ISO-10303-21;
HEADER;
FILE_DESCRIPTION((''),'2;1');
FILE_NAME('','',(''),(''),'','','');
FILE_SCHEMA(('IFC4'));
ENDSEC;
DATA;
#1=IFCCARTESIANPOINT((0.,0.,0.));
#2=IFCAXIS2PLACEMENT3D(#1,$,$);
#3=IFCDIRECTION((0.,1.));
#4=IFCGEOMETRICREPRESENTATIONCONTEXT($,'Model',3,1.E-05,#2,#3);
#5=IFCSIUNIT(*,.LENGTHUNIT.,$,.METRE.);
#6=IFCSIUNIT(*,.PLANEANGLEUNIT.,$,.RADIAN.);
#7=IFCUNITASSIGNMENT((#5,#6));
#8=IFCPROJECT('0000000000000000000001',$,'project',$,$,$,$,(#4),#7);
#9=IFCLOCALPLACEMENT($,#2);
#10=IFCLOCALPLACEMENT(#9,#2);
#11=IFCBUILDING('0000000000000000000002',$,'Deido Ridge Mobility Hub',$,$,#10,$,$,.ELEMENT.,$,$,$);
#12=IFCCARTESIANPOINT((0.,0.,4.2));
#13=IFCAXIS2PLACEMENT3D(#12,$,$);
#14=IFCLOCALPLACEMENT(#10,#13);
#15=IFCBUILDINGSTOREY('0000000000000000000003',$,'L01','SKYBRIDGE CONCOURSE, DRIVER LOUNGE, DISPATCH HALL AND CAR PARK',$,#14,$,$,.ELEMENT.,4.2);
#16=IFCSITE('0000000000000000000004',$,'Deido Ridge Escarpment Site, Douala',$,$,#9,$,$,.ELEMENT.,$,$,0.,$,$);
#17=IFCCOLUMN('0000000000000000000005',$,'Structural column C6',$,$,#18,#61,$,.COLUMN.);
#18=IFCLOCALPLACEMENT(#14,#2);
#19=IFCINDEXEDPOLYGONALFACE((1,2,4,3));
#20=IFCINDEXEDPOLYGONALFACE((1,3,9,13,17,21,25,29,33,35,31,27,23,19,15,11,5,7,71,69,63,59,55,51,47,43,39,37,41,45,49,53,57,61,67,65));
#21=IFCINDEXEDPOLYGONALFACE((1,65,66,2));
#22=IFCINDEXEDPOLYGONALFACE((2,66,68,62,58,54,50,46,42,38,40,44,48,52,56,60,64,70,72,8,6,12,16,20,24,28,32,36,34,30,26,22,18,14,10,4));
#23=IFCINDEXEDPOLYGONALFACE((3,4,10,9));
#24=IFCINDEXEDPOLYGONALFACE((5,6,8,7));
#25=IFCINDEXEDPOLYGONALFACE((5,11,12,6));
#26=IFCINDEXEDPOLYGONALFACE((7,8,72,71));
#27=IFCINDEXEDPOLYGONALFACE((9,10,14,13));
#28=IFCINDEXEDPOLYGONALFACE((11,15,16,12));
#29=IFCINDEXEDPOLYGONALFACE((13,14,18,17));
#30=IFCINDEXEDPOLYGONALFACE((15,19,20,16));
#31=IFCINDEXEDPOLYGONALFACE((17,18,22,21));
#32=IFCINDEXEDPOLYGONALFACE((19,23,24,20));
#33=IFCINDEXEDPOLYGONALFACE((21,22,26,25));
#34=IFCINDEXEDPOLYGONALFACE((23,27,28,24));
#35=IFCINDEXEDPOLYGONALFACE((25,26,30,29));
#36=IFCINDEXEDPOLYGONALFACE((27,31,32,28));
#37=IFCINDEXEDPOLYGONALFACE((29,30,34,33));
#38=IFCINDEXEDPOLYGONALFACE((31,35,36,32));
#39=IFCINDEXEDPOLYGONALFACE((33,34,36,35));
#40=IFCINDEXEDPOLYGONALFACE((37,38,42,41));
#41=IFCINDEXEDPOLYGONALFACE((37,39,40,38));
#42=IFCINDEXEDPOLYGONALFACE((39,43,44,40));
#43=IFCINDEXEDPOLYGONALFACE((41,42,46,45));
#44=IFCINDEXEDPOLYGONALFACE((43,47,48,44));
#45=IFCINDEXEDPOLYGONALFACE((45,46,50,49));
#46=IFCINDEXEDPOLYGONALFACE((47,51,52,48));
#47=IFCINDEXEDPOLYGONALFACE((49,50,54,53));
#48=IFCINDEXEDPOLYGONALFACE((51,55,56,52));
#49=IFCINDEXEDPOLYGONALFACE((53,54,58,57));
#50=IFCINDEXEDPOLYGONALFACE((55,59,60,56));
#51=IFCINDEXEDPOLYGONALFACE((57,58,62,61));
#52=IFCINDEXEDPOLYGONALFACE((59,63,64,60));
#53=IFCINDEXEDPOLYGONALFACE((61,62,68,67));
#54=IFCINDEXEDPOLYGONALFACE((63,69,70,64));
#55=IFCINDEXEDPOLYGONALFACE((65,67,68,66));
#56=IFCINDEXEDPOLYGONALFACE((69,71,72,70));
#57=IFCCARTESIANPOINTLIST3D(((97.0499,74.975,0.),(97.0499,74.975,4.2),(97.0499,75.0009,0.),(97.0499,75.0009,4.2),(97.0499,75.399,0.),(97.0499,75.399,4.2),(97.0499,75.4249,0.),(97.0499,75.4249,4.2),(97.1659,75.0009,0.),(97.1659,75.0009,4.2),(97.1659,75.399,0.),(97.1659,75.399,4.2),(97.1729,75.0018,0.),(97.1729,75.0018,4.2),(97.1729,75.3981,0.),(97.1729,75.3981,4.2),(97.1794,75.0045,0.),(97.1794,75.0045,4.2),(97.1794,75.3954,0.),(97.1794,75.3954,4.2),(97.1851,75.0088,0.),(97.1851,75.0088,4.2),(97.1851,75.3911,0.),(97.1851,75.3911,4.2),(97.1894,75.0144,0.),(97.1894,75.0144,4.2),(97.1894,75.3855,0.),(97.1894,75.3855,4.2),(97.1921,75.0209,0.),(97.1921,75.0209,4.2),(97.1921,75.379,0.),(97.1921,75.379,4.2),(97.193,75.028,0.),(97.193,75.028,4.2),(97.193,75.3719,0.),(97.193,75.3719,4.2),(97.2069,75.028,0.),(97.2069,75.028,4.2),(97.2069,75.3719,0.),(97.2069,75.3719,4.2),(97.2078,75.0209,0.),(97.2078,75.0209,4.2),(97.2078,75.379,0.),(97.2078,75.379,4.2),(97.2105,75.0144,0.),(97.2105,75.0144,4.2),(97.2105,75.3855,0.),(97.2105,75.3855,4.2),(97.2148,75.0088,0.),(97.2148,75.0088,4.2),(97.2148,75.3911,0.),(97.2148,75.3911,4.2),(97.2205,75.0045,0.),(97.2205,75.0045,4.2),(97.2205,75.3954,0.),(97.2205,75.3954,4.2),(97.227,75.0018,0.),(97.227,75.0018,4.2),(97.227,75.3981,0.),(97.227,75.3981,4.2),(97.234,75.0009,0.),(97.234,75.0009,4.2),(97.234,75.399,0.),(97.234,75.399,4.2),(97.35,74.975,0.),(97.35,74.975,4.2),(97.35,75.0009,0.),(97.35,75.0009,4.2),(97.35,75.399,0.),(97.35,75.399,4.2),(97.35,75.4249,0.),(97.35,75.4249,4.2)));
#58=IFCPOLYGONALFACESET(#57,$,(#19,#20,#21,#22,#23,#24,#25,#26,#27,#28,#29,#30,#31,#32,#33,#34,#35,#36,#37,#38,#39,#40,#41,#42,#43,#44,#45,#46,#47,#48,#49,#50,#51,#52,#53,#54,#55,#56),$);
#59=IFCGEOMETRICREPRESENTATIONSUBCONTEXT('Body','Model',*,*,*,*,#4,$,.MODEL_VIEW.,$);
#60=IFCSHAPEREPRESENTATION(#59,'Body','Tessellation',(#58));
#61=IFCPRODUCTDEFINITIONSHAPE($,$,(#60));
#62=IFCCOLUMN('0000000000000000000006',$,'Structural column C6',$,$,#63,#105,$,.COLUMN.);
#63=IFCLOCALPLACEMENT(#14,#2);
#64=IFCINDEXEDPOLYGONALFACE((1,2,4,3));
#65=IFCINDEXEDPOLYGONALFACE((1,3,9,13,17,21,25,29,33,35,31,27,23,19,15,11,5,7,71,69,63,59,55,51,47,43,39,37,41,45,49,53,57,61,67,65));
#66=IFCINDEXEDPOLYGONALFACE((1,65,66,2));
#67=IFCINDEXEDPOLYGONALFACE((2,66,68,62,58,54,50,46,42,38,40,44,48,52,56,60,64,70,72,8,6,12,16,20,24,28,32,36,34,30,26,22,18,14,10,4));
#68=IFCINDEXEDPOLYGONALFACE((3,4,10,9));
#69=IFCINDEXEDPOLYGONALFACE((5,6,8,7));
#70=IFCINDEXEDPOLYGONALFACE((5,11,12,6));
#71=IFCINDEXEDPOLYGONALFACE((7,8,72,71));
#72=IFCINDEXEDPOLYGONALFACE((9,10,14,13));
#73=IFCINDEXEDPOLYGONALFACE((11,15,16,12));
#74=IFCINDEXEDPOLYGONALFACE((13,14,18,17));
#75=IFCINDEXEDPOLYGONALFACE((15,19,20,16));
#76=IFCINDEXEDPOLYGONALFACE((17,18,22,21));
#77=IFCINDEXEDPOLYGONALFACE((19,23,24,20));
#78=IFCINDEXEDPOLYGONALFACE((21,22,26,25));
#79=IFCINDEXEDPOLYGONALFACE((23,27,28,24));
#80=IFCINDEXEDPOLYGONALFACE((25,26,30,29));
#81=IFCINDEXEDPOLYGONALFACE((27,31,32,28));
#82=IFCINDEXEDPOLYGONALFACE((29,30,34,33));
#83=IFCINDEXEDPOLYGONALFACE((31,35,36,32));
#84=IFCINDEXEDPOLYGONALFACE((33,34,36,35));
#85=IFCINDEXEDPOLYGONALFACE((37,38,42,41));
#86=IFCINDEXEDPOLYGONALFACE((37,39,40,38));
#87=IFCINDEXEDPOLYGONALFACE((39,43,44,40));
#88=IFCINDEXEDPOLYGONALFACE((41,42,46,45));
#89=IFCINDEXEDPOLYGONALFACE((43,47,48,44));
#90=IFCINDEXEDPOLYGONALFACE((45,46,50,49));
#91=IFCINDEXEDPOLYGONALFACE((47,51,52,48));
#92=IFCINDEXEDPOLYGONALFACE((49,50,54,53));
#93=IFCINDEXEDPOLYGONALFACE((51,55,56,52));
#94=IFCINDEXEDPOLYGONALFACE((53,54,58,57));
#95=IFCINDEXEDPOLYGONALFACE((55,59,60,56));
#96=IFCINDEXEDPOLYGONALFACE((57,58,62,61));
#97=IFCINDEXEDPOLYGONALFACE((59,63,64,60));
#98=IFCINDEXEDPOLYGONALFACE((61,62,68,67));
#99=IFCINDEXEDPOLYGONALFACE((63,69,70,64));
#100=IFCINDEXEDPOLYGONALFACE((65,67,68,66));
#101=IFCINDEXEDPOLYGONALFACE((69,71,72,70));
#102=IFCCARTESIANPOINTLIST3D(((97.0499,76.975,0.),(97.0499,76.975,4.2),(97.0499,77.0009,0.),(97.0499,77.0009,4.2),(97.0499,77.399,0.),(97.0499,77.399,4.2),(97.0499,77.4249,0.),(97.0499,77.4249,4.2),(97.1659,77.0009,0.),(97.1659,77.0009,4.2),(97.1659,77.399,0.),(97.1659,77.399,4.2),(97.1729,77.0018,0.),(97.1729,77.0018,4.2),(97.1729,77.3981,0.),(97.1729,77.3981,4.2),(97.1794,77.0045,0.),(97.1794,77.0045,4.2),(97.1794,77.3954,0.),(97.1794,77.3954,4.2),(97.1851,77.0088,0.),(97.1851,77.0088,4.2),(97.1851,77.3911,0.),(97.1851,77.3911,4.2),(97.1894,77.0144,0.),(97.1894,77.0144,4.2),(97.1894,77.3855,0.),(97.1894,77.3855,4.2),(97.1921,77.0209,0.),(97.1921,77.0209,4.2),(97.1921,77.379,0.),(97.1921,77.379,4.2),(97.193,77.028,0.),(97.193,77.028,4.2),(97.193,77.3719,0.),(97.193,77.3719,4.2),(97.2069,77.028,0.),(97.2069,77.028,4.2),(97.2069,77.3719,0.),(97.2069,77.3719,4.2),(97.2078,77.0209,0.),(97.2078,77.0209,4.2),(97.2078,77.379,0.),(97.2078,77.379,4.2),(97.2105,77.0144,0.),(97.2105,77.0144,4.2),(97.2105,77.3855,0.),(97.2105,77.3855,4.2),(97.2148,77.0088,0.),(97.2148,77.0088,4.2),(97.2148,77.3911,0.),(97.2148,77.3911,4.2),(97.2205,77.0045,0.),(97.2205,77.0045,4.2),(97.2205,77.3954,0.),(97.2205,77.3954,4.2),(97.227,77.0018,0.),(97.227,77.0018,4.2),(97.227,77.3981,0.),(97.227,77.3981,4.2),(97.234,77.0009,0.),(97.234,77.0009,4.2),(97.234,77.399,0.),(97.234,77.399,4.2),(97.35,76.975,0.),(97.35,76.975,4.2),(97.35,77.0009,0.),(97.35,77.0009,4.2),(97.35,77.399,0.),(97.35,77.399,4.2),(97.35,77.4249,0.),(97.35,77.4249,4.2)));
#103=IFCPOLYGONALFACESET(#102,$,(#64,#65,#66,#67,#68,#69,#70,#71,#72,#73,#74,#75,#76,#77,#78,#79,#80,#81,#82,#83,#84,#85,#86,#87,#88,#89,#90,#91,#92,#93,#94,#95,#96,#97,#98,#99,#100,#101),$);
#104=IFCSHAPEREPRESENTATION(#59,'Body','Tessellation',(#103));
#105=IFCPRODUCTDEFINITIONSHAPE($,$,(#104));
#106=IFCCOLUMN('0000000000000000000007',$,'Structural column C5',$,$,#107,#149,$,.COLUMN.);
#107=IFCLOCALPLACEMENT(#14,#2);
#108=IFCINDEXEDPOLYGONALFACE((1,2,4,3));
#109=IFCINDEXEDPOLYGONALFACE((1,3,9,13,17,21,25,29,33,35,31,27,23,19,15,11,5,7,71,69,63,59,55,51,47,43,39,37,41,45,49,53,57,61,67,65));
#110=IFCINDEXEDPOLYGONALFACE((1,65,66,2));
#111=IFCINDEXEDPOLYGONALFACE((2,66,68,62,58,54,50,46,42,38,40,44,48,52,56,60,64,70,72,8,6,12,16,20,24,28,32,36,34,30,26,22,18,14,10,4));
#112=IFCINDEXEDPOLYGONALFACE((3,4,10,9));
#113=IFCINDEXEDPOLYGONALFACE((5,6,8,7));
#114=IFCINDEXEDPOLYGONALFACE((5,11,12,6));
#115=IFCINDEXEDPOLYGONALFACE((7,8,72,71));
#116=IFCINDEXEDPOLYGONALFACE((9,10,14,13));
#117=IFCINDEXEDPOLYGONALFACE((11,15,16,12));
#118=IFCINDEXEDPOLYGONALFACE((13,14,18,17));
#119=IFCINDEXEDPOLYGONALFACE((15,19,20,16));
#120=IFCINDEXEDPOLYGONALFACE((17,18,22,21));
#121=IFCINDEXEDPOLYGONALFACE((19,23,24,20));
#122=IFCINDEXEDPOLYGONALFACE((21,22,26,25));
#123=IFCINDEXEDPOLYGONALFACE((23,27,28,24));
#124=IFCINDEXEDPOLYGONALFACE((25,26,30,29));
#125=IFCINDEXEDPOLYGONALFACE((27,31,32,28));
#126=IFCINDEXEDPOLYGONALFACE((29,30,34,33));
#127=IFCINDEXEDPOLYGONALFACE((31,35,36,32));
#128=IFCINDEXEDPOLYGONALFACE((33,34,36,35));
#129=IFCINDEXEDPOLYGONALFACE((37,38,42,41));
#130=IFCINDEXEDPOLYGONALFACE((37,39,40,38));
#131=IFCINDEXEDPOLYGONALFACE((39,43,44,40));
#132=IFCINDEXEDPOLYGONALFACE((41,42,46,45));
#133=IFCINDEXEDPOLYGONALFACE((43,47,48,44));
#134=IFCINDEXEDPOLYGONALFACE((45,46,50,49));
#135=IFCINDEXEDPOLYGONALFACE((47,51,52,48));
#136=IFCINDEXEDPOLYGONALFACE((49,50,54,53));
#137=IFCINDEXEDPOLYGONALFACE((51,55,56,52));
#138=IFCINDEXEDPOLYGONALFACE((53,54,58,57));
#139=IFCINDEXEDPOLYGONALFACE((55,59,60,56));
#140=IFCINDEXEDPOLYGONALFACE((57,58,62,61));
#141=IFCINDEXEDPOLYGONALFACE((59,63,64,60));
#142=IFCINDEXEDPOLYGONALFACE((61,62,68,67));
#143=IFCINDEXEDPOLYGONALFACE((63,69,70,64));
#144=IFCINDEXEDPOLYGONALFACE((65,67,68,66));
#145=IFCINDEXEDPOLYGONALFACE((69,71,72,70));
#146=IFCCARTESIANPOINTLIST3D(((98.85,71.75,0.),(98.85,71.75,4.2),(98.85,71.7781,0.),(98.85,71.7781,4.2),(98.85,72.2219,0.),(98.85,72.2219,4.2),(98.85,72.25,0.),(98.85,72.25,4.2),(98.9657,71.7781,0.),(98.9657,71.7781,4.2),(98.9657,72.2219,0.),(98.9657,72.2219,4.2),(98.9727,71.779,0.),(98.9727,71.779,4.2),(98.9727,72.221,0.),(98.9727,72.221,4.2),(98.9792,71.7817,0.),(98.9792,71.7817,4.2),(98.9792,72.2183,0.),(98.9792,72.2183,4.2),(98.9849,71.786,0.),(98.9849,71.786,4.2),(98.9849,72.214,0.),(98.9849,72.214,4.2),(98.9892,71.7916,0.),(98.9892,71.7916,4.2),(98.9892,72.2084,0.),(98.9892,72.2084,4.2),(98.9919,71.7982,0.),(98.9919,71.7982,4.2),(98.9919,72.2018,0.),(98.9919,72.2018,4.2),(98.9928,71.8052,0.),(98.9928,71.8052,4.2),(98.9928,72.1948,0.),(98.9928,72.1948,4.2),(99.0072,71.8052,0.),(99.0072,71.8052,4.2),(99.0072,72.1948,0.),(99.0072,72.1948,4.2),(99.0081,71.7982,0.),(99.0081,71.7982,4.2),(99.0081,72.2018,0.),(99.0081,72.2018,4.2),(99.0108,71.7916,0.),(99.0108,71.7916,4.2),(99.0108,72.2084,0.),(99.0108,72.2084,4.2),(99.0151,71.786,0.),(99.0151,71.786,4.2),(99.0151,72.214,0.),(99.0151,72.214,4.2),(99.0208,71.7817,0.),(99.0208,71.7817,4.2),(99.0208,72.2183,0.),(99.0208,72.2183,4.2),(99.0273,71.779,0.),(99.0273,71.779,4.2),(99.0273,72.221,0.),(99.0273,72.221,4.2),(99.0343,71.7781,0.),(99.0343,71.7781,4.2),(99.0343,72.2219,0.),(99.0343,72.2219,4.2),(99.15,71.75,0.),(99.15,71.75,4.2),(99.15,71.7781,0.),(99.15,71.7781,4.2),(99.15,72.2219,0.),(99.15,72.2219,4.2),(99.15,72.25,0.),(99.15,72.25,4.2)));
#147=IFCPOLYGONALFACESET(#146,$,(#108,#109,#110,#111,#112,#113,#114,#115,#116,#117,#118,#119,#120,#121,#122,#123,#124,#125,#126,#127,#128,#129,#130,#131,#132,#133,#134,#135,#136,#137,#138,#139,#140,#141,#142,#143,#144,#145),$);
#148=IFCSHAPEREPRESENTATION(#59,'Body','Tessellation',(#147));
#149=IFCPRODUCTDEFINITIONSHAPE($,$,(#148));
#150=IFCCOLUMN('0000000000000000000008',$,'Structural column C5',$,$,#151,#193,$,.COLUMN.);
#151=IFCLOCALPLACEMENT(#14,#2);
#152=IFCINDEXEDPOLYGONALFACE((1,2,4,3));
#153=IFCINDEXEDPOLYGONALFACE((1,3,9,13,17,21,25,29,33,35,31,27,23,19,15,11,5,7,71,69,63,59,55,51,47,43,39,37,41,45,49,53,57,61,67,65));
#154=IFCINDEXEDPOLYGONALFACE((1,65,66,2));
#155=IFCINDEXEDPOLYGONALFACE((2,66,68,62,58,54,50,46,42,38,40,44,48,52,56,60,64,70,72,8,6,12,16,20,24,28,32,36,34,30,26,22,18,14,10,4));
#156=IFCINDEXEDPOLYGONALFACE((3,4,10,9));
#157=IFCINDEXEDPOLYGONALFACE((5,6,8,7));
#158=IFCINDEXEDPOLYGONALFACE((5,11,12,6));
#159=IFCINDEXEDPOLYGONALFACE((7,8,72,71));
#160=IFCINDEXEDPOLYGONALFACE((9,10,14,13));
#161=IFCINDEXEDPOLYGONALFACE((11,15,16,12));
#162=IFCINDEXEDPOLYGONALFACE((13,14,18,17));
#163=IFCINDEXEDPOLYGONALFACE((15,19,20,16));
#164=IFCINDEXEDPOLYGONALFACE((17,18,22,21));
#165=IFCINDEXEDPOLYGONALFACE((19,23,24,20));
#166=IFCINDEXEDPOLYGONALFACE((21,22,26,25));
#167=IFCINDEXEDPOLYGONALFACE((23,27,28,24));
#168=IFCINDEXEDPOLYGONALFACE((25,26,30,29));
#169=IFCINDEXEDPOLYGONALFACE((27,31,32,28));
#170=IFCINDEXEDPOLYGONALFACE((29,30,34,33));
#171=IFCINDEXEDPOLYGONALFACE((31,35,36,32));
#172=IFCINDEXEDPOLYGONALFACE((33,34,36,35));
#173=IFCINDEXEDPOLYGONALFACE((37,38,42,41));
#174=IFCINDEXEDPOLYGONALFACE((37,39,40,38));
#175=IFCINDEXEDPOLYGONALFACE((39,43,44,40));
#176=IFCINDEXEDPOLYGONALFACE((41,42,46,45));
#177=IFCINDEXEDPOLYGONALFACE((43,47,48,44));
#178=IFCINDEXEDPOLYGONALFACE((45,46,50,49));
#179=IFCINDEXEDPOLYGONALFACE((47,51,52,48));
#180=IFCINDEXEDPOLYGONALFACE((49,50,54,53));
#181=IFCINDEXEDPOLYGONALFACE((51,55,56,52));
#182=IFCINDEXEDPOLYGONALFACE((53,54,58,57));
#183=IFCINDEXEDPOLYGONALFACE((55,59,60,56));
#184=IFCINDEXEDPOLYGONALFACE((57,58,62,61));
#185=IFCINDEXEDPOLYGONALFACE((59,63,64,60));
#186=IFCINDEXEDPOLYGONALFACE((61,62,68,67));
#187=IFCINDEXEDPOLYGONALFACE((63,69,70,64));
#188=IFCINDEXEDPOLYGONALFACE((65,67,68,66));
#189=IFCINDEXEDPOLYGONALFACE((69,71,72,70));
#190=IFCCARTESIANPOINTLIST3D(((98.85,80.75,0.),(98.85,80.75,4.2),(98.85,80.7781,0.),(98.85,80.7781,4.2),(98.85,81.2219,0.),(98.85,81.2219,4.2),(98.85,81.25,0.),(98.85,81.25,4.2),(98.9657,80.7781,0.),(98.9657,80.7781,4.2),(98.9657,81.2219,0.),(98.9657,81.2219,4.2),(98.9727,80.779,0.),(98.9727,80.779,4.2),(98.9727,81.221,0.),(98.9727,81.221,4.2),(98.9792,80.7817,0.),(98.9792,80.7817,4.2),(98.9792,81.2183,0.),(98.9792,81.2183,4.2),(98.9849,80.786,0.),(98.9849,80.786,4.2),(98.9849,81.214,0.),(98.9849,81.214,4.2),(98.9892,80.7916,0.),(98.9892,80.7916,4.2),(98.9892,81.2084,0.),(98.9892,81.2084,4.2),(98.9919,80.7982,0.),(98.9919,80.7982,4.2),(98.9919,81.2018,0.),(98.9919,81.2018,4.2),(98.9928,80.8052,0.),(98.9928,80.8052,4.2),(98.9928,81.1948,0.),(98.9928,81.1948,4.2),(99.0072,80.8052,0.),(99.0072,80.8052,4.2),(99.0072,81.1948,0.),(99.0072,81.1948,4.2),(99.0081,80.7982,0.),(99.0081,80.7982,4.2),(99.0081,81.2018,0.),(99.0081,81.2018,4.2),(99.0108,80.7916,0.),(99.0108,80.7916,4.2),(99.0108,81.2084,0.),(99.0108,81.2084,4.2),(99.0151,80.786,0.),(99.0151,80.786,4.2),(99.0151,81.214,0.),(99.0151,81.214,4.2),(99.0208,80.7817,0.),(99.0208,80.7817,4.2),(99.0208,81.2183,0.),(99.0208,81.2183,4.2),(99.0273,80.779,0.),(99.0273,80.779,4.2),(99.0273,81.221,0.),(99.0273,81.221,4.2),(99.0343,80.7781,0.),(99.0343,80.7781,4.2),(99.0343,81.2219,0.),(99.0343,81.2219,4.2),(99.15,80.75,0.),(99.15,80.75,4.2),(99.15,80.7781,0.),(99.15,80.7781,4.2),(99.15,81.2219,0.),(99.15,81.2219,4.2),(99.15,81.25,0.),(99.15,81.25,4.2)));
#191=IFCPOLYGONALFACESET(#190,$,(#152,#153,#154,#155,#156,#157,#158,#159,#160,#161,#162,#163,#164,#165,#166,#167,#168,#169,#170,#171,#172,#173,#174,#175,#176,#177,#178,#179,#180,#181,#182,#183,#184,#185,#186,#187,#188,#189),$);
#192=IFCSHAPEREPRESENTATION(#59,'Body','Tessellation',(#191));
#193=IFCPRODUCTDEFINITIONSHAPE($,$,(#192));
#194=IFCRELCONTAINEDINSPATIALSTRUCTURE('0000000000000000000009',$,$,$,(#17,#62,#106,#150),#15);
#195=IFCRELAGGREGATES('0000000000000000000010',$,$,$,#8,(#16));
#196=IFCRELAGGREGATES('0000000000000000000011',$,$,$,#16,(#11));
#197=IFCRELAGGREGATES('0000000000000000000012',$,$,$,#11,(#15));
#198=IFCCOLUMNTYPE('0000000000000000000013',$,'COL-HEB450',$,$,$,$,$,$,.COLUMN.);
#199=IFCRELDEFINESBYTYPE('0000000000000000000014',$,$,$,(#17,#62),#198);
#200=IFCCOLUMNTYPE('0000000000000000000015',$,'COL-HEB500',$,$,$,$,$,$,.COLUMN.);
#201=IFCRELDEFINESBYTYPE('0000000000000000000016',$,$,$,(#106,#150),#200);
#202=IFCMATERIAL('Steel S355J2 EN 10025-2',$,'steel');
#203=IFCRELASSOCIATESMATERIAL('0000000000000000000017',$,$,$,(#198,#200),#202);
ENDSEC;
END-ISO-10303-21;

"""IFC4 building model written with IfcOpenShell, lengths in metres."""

from ifc_helpers import new_model, si_unit, direction, frame, origin, origin_2d, place, context, subcontext, project, spatial, i_section, extrude, material, material_profile, profile_set, type_object, element, save


model = new_model("IFC4")

# Units and contexts
model_context = context("Model", 3, precision=1e-05, world=origin(), true_north=direction((0.0, 1.0)))
body_context = subcontext(model_context, "Body", "Model", "MODEL_VIEW")
ifc_project = project(units=[si_unit("LENGTHUNIT", "METRE"), si_unit("PLANEANGLEUNIT", "RADIAN")], contexts=[model_context])

# Site, building, storey
site_placement = place(None, origin())
site = spatial("IfcSite", under=ifc_project, at=site_placement, Name="Deido Ridge Escarpment Site, Douala", CompositionType="ELEMENT", RefElevation=0.0)
building_placement = place(site_placement, origin())
building = spatial("IfcBuilding", under=site, at=building_placement, Name="Deido Ridge Mobility Hub", CompositionType="ELEMENT")
storey_placement = place(building_placement, frame((0.0, 0.0, 4.2)))
storey = spatial("IfcBuildingStorey", under=building, at=storey_placement, Name="L01", Description="SKYBRIDGE CONCOURSE, DRIVER LOUNGE, DISPATCH HALL AND CAR PARK", CompositionType="ELEMENT", Elevation=4.2)

# Columns
ifc_material_1 = material(Name="Steel S355J2 EN 10025-2", Category="steel")
ifc_material_profile_1 = material_profile(ifc_material_1, i_section(OverallWidth=0.3, OverallDepth=0.45, WebThickness=0.0139, FlangeThickness=0.0259, FilletRadius=0.0271, at=origin_2d()), Name="HEB 450")
ifc_profile_set_1 = profile_set([ifc_material_profile_1], Name="Steel S355J2 EN 10025-2")
column_type_1 = type_object("IfcColumnType", Name="COL-HEB450", PredefinedType="COLUMN", material=ifc_profile_set_1)
for number, where, z_axis, x_axis, name in (
    (1, (97.2, 75.2, 0.0), (0.0, 0.0, 1.0), (1.0, 0.0, 0.0), "Structural column C6"),
    (2, (97.2, 77.2, 0.0), (0.0, 0.0, 1.0), (1.0, 0.0, 0.0), "Structural column C6"),
):
    element("IfcColumn", number, at=place(storey_placement, frame(where, z_axis=z_axis, x_axis=x_axis)), inside=storey, type_object=column_type_1, Name=name, PredefinedType="COLUMN", context=body_context, shape_type="SweptSolid", body=[
        extrude(i_section(OverallWidth=0.3, OverallDepth=0.45, WebThickness=0.0139, FlangeThickness=0.0259, FilletRadius=0.0271, at=origin_2d()), origin(), (0.0, 0.0, 1.0), 4.2),
    ])
ifc_material_profile_2 = material_profile(ifc_material_1, i_section(OverallWidth=0.3, OverallDepth=0.5, WebThickness=0.0144, FlangeThickness=0.0281, FilletRadius=0.0271, at=origin_2d()), Name="HEB 500")
ifc_profile_set_2 = profile_set([ifc_material_profile_2], Name="Steel S355J2 EN 10025-2")
column_type_2 = type_object("IfcColumnType", Name="COL-HEB500", PredefinedType="COLUMN", material=ifc_profile_set_2)
for number, where, z_axis, x_axis, name in (
    (3, (99.0, 72.0, 0.0), (0.0, 0.0, 1.0), (1.0, 0.0, 0.0), "Structural column C5"),
    (4, (99.0, 81.0, 0.0), (0.0, 0.0, 1.0), (1.0, 0.0, 0.0), "Structural column C5"),
):
    element("IfcColumn", number, at=place(storey_placement, frame(where, z_axis=z_axis, x_axis=x_axis)), inside=storey, type_object=column_type_2, Name=name, PredefinedType="COLUMN", context=body_context, shape_type="SweptSolid", body=[
        extrude(i_section(OverallWidth=0.3, OverallDepth=0.5, WebThickness=0.0144, FlangeThickness=0.0281, FilletRadius=0.0271, at=origin_2d()), origin(), (0.0, 0.0, 1.0), 4.2),
    ])

save(model, "model.ifc")
